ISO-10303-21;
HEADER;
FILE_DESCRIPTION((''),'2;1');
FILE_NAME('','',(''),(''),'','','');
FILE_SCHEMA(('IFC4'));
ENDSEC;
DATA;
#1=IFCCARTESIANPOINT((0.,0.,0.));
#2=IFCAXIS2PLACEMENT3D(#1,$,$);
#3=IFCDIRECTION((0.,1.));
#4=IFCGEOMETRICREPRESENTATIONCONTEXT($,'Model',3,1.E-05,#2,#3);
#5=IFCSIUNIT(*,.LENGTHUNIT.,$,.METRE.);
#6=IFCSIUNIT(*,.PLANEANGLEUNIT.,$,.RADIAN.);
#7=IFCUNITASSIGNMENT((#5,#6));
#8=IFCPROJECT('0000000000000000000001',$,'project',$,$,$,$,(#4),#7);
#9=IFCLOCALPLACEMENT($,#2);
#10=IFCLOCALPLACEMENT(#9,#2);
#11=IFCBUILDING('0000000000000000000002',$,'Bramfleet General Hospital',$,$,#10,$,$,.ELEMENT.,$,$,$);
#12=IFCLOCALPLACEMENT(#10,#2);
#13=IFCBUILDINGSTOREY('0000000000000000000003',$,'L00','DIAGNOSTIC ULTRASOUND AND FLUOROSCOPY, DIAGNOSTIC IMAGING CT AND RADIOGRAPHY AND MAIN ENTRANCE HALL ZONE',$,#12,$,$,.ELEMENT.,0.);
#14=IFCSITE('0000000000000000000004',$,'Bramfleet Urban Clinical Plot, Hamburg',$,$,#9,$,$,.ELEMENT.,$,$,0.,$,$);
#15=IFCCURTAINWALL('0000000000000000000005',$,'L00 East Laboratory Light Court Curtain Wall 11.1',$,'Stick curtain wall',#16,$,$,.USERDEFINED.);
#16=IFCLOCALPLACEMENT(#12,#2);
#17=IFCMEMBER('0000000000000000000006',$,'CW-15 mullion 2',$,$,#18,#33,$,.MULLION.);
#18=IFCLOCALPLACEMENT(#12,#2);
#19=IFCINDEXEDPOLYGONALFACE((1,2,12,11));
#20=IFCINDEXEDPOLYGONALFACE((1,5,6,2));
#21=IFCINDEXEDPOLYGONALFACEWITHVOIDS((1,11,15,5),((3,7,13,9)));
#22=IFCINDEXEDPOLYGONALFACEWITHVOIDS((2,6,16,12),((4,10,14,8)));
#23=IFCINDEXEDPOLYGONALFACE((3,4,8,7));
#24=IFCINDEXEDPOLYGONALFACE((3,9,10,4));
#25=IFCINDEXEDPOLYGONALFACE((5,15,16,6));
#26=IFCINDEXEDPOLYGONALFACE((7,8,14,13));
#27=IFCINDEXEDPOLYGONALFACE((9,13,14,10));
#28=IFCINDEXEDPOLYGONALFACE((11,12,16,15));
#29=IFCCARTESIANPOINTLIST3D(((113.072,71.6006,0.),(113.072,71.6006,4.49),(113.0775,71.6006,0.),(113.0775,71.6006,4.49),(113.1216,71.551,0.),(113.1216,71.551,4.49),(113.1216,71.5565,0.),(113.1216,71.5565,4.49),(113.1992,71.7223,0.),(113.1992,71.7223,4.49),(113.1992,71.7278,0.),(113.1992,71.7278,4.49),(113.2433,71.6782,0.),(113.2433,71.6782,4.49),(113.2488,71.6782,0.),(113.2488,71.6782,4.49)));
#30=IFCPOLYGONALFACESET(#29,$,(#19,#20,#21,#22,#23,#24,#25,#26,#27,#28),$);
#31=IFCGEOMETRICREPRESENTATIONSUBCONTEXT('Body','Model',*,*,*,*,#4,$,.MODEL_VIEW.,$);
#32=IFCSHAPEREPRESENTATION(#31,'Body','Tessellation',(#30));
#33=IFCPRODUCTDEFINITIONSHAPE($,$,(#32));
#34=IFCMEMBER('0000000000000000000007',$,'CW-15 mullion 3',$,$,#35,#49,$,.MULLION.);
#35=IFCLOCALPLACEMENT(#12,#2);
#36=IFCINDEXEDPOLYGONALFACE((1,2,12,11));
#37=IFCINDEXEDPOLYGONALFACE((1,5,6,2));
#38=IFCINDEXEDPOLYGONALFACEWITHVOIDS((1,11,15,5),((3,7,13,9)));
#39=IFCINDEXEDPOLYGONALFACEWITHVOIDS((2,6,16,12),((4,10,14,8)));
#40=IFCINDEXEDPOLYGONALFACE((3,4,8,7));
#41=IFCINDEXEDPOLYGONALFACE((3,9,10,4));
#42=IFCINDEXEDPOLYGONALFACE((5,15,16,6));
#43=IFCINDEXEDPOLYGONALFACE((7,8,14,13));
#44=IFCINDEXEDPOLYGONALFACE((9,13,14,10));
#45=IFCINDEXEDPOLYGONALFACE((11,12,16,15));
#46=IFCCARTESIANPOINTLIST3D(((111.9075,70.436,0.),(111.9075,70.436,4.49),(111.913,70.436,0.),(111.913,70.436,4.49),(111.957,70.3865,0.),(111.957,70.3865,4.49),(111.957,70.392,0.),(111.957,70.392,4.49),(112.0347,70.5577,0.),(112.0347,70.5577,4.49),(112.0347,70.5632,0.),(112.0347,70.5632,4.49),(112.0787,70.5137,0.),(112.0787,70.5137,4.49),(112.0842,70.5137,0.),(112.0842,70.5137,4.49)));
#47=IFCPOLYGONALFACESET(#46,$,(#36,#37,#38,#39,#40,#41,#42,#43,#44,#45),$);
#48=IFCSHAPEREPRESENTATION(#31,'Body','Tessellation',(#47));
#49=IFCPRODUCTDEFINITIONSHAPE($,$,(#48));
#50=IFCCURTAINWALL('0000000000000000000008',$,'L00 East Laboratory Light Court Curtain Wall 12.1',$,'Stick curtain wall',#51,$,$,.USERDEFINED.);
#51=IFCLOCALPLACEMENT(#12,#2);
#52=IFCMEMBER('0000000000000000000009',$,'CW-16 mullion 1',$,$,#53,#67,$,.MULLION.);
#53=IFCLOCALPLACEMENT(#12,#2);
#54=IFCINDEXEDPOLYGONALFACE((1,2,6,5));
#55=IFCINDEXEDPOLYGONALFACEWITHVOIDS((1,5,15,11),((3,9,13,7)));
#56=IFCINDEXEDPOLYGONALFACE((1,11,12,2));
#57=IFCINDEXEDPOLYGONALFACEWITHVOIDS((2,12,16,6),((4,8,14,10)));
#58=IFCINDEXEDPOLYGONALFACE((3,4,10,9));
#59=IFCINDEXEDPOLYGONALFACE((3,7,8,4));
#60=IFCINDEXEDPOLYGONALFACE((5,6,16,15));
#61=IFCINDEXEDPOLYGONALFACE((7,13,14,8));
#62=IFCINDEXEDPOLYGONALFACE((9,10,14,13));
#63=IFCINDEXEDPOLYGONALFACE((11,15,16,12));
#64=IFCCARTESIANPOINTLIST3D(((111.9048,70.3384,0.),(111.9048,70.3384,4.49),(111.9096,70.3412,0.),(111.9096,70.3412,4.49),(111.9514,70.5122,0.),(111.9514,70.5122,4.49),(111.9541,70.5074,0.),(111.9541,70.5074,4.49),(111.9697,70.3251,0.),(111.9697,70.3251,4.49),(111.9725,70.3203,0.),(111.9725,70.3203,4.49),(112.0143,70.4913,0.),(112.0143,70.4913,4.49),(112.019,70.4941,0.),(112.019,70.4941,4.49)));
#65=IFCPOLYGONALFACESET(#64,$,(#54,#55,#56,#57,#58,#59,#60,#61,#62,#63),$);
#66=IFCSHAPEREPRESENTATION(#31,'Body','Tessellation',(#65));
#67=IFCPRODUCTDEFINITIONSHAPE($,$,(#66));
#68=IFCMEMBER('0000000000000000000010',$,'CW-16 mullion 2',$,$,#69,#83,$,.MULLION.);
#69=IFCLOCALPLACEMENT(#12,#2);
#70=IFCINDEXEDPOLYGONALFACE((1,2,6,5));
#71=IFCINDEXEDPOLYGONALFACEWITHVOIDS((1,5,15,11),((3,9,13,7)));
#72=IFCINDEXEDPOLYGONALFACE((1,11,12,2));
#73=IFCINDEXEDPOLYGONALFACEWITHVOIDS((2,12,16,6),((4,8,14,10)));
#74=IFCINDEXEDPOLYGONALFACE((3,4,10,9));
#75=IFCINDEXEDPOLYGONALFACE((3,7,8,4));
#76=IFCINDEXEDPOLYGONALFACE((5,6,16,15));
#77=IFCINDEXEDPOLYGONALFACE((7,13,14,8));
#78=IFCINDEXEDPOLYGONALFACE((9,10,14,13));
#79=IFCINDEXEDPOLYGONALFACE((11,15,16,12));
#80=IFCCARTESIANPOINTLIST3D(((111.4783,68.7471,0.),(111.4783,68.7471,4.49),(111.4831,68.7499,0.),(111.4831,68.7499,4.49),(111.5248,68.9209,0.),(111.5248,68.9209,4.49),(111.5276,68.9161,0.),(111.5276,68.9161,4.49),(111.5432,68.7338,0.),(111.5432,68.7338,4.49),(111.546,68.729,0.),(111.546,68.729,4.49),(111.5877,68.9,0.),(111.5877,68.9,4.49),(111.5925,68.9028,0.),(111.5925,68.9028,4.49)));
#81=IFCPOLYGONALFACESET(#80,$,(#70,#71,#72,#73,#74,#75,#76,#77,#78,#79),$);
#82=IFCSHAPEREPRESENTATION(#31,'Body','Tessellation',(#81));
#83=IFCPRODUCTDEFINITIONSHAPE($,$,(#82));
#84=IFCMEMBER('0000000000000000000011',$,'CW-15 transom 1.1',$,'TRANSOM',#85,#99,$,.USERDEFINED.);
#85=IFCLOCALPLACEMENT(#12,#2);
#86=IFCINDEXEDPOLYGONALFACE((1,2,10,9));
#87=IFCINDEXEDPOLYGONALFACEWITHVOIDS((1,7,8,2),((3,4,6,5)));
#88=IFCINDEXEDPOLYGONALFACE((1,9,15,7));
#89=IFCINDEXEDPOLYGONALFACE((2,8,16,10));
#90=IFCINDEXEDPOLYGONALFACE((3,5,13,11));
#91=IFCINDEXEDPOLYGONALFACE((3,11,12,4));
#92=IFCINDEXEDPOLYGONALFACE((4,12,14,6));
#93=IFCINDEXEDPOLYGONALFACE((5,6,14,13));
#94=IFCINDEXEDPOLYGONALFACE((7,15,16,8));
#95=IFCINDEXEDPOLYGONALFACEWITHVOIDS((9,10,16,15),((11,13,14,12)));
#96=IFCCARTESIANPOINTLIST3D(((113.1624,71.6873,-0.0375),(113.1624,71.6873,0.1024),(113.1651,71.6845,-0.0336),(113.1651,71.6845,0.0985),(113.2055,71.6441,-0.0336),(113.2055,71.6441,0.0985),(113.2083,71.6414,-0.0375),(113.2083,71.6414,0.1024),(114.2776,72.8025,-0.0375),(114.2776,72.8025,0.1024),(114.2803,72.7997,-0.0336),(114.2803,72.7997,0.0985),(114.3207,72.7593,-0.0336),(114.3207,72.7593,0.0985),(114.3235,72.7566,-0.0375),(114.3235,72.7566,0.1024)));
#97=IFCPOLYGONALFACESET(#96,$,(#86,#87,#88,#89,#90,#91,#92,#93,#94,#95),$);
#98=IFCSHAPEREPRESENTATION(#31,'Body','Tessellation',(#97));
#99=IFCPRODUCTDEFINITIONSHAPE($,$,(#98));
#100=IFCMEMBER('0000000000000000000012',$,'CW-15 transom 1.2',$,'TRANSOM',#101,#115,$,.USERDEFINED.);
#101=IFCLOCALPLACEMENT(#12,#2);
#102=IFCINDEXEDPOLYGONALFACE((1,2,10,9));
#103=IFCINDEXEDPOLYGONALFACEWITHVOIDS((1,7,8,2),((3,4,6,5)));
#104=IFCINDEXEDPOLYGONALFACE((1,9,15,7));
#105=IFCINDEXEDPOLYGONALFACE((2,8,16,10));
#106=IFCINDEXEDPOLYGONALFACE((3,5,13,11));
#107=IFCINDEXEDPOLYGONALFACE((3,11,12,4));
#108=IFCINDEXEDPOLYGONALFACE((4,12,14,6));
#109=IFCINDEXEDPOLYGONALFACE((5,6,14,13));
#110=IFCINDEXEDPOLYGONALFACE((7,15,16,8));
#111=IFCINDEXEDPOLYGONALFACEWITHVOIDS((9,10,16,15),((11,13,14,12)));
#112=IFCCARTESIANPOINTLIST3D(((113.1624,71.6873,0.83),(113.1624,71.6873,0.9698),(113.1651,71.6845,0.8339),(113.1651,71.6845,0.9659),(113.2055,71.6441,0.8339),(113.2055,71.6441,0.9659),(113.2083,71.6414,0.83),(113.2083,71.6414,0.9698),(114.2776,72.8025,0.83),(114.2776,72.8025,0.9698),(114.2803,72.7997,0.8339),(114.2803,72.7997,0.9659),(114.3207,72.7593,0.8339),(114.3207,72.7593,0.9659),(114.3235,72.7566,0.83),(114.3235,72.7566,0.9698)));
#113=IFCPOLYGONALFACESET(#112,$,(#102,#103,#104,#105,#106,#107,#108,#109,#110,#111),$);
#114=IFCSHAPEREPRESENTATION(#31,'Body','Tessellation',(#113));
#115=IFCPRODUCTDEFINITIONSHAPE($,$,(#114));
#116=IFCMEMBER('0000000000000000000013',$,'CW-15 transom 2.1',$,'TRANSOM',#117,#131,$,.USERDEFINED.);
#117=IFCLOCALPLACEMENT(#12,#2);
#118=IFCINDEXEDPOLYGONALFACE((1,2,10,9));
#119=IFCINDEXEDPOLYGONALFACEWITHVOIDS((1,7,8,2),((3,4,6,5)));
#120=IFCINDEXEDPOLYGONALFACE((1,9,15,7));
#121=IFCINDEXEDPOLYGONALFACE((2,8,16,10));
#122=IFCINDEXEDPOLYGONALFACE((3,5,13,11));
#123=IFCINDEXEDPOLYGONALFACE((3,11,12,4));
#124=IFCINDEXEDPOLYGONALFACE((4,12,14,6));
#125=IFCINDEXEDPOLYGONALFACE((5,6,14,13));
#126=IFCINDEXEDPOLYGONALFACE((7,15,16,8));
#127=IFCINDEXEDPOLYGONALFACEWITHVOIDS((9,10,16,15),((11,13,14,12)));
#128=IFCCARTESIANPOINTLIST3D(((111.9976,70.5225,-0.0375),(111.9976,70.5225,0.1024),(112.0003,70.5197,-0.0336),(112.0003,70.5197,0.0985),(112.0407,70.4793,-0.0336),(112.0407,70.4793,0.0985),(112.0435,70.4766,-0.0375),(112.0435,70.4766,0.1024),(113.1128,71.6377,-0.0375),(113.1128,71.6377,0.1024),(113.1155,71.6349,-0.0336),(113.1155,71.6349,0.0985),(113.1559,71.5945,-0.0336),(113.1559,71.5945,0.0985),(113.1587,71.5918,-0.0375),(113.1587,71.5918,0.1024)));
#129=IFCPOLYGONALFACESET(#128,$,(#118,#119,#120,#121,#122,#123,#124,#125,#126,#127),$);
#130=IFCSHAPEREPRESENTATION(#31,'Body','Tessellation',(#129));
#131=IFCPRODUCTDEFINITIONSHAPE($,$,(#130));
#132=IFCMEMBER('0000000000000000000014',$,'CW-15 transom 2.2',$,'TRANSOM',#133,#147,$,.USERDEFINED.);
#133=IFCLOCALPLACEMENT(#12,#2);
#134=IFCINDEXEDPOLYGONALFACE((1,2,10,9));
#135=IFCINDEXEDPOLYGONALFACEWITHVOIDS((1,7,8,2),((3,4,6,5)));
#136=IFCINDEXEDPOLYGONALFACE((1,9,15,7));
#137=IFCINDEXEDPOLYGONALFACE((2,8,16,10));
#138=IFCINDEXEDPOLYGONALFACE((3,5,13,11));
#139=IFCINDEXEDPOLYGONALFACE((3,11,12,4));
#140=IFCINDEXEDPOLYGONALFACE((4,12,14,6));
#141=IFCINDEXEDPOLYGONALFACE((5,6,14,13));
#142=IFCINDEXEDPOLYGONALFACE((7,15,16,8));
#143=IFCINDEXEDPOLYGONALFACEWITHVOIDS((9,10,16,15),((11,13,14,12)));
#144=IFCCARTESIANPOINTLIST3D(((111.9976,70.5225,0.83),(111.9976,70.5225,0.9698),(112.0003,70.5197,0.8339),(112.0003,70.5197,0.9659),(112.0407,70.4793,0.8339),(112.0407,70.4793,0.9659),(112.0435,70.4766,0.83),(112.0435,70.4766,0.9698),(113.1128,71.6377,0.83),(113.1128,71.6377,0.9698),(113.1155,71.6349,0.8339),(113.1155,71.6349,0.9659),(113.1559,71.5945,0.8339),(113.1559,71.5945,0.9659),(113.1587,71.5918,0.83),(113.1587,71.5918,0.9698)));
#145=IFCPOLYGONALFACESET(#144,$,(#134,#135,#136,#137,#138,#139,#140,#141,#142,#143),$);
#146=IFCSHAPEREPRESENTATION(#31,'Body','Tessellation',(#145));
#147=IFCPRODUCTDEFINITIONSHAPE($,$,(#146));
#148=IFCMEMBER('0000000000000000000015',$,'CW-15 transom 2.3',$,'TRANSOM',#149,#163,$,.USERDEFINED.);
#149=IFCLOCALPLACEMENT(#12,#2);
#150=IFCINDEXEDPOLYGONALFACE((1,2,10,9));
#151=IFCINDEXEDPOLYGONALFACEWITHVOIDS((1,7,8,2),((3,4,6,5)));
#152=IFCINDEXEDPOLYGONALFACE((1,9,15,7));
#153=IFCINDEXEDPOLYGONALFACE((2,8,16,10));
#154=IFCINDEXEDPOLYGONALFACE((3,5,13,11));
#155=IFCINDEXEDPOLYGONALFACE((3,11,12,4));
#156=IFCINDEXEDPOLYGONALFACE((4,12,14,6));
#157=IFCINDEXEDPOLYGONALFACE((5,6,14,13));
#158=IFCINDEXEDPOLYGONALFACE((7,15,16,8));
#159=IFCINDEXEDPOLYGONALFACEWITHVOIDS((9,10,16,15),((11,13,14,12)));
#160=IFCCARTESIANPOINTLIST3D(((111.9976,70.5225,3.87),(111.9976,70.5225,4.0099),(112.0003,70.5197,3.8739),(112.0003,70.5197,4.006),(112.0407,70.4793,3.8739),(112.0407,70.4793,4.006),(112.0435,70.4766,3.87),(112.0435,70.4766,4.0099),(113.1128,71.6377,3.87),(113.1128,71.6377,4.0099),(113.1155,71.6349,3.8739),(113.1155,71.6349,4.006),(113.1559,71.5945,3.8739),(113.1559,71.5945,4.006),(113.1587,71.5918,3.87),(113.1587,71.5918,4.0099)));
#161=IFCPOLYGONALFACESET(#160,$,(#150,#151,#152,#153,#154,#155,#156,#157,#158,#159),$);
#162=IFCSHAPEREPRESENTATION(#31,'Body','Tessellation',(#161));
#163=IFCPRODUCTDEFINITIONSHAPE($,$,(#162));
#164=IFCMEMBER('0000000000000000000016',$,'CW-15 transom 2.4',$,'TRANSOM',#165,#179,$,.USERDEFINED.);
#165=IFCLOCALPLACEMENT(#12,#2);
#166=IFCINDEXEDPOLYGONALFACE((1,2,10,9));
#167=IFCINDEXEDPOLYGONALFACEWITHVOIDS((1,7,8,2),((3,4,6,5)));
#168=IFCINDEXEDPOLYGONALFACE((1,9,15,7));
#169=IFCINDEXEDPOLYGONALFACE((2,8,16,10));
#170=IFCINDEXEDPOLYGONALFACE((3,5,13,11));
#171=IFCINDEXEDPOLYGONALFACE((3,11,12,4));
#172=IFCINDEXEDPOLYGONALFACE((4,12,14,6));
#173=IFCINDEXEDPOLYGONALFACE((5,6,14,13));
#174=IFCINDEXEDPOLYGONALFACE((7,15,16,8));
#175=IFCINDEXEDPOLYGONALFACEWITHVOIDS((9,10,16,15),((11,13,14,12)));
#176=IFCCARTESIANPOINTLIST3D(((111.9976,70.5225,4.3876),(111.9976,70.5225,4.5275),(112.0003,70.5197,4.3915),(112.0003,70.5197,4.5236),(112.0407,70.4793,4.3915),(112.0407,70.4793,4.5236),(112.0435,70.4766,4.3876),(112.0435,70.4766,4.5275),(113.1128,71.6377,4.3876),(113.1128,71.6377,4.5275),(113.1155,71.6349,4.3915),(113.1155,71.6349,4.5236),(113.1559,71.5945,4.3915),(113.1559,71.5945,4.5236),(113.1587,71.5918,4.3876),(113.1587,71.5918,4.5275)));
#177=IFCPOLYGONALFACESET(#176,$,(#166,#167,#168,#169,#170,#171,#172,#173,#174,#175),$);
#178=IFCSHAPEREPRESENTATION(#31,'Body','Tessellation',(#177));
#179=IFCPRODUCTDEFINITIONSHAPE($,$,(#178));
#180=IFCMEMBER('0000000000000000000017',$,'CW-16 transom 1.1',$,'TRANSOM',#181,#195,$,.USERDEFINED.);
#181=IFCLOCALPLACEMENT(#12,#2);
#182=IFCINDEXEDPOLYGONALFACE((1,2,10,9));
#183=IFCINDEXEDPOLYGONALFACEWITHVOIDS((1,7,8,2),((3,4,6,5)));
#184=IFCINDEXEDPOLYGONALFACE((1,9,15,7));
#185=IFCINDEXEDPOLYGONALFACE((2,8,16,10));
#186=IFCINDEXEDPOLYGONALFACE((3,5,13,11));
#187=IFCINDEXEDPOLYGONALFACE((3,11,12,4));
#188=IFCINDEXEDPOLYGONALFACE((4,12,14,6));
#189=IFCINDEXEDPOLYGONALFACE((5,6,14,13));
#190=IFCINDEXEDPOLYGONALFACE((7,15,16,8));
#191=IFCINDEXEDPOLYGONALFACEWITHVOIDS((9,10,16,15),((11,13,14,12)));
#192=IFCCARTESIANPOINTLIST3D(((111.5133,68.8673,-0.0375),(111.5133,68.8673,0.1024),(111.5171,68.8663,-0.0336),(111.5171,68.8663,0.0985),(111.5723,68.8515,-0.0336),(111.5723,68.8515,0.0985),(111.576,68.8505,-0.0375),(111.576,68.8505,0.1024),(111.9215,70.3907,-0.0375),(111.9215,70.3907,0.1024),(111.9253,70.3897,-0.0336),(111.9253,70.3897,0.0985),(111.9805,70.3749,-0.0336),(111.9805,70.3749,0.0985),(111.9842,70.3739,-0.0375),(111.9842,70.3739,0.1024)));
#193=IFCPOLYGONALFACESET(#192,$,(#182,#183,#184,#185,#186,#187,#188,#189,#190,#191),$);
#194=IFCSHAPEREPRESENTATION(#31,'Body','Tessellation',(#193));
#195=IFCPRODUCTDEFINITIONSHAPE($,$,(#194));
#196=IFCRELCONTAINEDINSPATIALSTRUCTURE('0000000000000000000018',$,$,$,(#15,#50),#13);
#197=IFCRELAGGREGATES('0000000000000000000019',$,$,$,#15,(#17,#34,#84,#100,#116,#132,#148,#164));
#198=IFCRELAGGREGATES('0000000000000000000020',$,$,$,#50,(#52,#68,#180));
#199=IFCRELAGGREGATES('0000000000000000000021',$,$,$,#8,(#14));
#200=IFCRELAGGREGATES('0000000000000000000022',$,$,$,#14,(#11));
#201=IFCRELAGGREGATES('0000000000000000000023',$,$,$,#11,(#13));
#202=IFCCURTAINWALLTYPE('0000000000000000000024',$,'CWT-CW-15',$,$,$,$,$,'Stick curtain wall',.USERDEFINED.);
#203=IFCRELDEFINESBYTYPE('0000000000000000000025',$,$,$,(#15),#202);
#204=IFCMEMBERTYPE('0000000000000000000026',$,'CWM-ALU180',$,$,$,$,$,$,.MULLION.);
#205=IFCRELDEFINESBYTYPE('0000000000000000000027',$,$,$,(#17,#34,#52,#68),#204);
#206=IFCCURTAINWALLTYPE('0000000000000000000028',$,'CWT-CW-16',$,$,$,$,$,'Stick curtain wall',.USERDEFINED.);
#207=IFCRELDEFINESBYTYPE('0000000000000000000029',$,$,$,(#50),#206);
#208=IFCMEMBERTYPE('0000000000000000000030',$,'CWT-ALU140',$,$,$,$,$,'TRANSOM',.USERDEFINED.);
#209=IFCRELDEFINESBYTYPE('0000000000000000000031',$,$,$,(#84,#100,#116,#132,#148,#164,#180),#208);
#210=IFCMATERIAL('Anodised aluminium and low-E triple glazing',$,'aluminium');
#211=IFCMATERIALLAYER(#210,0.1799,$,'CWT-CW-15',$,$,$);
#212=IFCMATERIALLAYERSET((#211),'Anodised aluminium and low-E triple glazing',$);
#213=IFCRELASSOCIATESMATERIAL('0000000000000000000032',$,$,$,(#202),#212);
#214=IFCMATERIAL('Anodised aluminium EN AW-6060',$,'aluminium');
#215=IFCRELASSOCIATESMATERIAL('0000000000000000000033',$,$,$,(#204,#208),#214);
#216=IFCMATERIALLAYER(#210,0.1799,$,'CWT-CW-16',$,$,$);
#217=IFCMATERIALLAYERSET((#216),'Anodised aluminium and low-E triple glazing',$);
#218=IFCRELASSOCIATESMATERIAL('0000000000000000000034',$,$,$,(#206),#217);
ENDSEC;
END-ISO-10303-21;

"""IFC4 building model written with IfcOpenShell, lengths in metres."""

from ifc_helpers import new_model, si_unit, direction, frame, origin, origin_2d, place, context, subcontext, project, spatial, hollow_rectangle, extrude, material, layer, layer_set, material_profile, profile_set, type_object, element, aggregate, save


model = new_model("IFC4")

# Units and contexts
model_context = context("Model", 3, precision=1e-05, world=origin(), true_north=direction((0.0, 1.0)))
body_context = subcontext(model_context, "Body", "Model", "MODEL_VIEW")
ifc_project = project(units=[si_unit("LENGTHUNIT", "METRE"), si_unit("PLANEANGLEUNIT", "RADIAN")], contexts=[model_context])

# Site, building, storey
site_placement = place(None, origin())
site = spatial("IfcSite", under=ifc_project, at=site_placement, Name="Bramfleet Urban Clinical Plot, Hamburg", CompositionType="ELEMENT", RefElevation=0.0)
building_placement = place(site_placement, origin())
building = spatial("IfcBuilding", under=site, at=building_placement, Name="Bramfleet General Hospital", CompositionType="ELEMENT")
storey_placement = place(building_placement, origin())
storey = spatial("IfcBuildingStorey", under=building, at=storey_placement, Name="L00", Description="DIAGNOSTIC ULTRASOUND AND FLUOROSCOPY, DIAGNOSTIC IMAGING CT AND RADIOGRAPHY AND MAIN ENTRANCE HALL ZONE", CompositionType="ELEMENT", Elevation=0.0)

# Curtain walls, members
ifc_material_1 = material(Name="Anodised aluminium and low-E triple glazing", Category="aluminium")
ifc_layer_1 = layer(ifc_material_1, 0.1799, Name="CWT-CW-15")
ifc_layer_set_1 = layer_set([ifc_layer_1], Name="Anodised aluminium and low-E triple glazing")
curtain_wall_type_1 = type_object("IfcCurtainWallType", Name="CWT-CW-15", ElementType="Stick curtain wall", PredefinedType="USERDEFINED", material=ifc_layer_set_1)
curtain_wall_1_placement = place(storey_placement, origin())
curtain_wall_1 = element("IfcCurtainWall", 1, at=curtain_wall_1_placement, inside=storey, type_object=curtain_wall_type_1, Name="L00 East Laboratory Light Court Curtain Wall 11.1", ObjectType="Stick curtain wall", PredefinedType="USERDEFINED")
ifc_material_2 = material(Name="Anodised aluminium EN AW-6060", Category="aluminium")
ifc_material_profile_1 = material_profile(ifc_material_2, hollow_rectangle(XDim=0.0701, YDim=0.1799, WallThickness=0.0039, at=origin_2d()), Name="ALU 180x70x4.0")
ifc_profile_set_1 = profile_set([ifc_material_profile_1], Name="Anodised aluminium EN AW-6060")
member_type_1 = type_object("IfcMemberType", Name="CWM-ALU180", PredefinedType="MULLION", material=ifc_profile_set_1)
member_1_placement = place(storey_placement, frame((113.1604, 71.6394, 0.0), z_axis=(0.0, 0.0, 1.0), x_axis=(0.707107, -0.707107, 0.0)))
member_1 = element("IfcMember", 2, at=member_1_placement, type_object=member_type_1, Name="CW-15 mullion 2", PredefinedType="MULLION", context=body_context, shape_type="SweptSolid", body=[
    extrude(hollow_rectangle(XDim=0.0701, YDim=0.1799, WallThickness=0.0039, at=origin_2d()), origin(), (0.0, 0.0, 1.0), 4.49),
])
member_2_placement = place(storey_placement, frame((111.9958, 70.4749, 0.0), z_axis=(0.0, 0.0, 1.0), x_axis=(0.707107, -0.707107, 0.0)))
member_2 = element("IfcMember", 3, at=member_2_placement, type_object=member_type_1, Name="CW-15 mullion 3", PredefinedType="MULLION", context=body_context, shape_type="SweptSolid", body=[
    extrude(hollow_rectangle(XDim=0.0701, YDim=0.1799, WallThickness=0.0039, at=origin_2d()), origin(), (0.0, 0.0, 1.0), 4.49),
])
ifc_layer_2 = layer(ifc_material_1, 0.1799, Name="CWT-CW-16")
ifc_layer_set_2 = layer_set([ifc_layer_2], Name="Anodised aluminium and low-E triple glazing")
curtain_wall_type_2 = type_object("IfcCurtainWallType", Name="CWT-CW-16", ElementType="Stick curtain wall", PredefinedType="USERDEFINED", material=ifc_layer_set_2)
curtain_wall_2_placement = place(storey_placement, origin())
curtain_wall_2 = element("IfcCurtainWall", 4, at=curtain_wall_2_placement, inside=storey, type_object=curtain_wall_type_2, Name="L00 East Laboratory Light Court Curtain Wall 12.1", ObjectType="Stick curtain wall", PredefinedType="USERDEFINED")
member_3_placement = place(storey_placement, frame((111.9619, 70.4163, 0.0), z_axis=(0.0, 0.0, 1.0), x_axis=(0.965914, -0.258865, 0.0)))
member_3 = element("IfcMember", 5, at=member_3_placement, type_object=member_type_1, Name="CW-16 mullion 1", PredefinedType="MULLION", context=body_context, shape_type="SweptSolid", body=[
    extrude(hollow_rectangle(XDim=0.0701, YDim=0.1799, WallThickness=0.0039, at=origin_2d()), origin(), (0.0, 0.0, 1.0), 4.49),
])
member_4_placement = place(storey_placement, frame((111.5354, 68.825, 0.0), z_axis=(0.0, 0.0, 1.0), x_axis=(0.965914, -0.258865, 0.0)))
member_4 = element("IfcMember", 6, at=member_4_placement, type_object=member_type_1, Name="CW-16 mullion 2", PredefinedType="MULLION", context=body_context, shape_type="SweptSolid", body=[
    extrude(hollow_rectangle(XDim=0.0701, YDim=0.1799, WallThickness=0.0039, at=origin_2d()), origin(), (0.0, 0.0, 1.0), 4.49),
])

# Members
ifc_material_profile_2 = material_profile(ifc_material_2, hollow_rectangle(XDim=0.0649, YDim=0.1399, WallThickness=0.0039, at=origin_2d()), Name="ALU 140x65x4.0")
ifc_profile_set_2 = profile_set([ifc_material_profile_2], Name="Anodised aluminium EN AW-6060")
member_type_2 = type_object("IfcMemberType", Name="CWT-ALU140", ElementType="TRANSOM", PredefinedType="USERDEFINED", material=ifc_profile_set_2)
member_5_placement = place(storey_placement, frame((114.3005, 72.7795, 0.0325), z_axis=(-0.707107, -0.707107, 0.0), x_axis=(0.707107, -0.707107, 0.0)))
member_5 = element("IfcMember", 7, at=member_5_placement, type_object=member_type_2, Name="CW-15 transom 1.1", ObjectType="TRANSOM", PredefinedType="USERDEFINED", context=body_context, shape_type="SweptSolid", body=[
    extrude(hollow_rectangle(XDim=0.0649, YDim=0.1399, WallThickness=0.0039, at=origin_2d()), origin(), (0.0, 0.0, 1.0), 1.5771),
])
member_6_placement = place(storey_placement, frame((114.3005, 72.7795, 0.8999), z_axis=(-0.707107, -0.707107, 0.0), x_axis=(0.707107, -0.707107, 0.0)))
member_6 = element("IfcMember", 8, at=member_6_placement, type_object=member_type_2, Name="CW-15 transom 1.2", ObjectType="TRANSOM", PredefinedType="USERDEFINED", context=body_context, shape_type="SweptSolid", body=[
    extrude(hollow_rectangle(XDim=0.0649, YDim=0.1399, WallThickness=0.0039, at=origin_2d()), origin(), (0.0, 0.0, 1.0), 1.5771),
])
member_7_placement = place(storey_placement, frame((113.1357, 71.6147, 0.0325), z_axis=(-0.707107, -0.707107, 0.0), x_axis=(0.707107, -0.707107, 0.0)))
member_7 = element("IfcMember", 9, at=member_7_placement, type_object=member_type_2, Name="CW-15 transom 2.1", ObjectType="TRANSOM", PredefinedType="USERDEFINED", context=body_context, shape_type="SweptSolid", body=[
    extrude(hollow_rectangle(XDim=0.0649, YDim=0.1399, WallThickness=0.0039, at=origin_2d()), origin(), (0.0, 0.0, 1.0), 1.5771),
])
member_8_placement = place(storey_placement, frame((113.1357, 71.6147, 0.8999), z_axis=(-0.707107, -0.707107, 0.0), x_axis=(0.707107, -0.707107, 0.0)))
member_8 = element("IfcMember", 10, at=member_8_placement, type_object=member_type_2, Name="CW-15 transom 2.2", ObjectType="TRANSOM", PredefinedType="USERDEFINED", context=body_context, shape_type="SweptSolid", body=[
    extrude(hollow_rectangle(XDim=0.0649, YDim=0.1399, WallThickness=0.0039, at=origin_2d()), origin(), (0.0, 0.0, 1.0), 1.5771),
])
member_9_placement = place(storey_placement, frame((113.1357, 71.6147, 3.9399), z_axis=(-0.707107, -0.707107, 0.0), x_axis=(0.707107, -0.707107, 0.0)))
member_9 = element("IfcMember", 11, at=member_9_placement, type_object=member_type_2, Name="CW-15 transom 2.3", ObjectType="TRANSOM", PredefinedType="USERDEFINED", context=body_context, shape_type="SweptSolid", body=[
    extrude(hollow_rectangle(XDim=0.0649, YDim=0.1399, WallThickness=0.0039, at=origin_2d()), origin(), (0.0, 0.0, 1.0), 1.5771),
])
member_10_placement = place(storey_placement, frame((113.1357, 71.6147, 4.4575), z_axis=(-0.707107, -0.707107, 0.0), x_axis=(0.707107, -0.707107, 0.0)))
member_10 = element("IfcMember", 12, at=member_10_placement, type_object=member_type_2, Name="CW-15 transom 2.4", ObjectType="TRANSOM", PredefinedType="USERDEFINED", context=body_context, shape_type="SweptSolid", body=[
    extrude(hollow_rectangle(XDim=0.0649, YDim=0.1399, WallThickness=0.0039, at=origin_2d()), origin(), (0.0, 0.0, 1.0), 1.5771),
])
member_11_placement = place(storey_placement, frame((111.9529, 70.3823, 0.0325), z_axis=(-0.258819, -0.965926, 0.0), x_axis=(0.965926, -0.258819, 0.0)))
member_11 = element("IfcMember", 13, at=member_11_placement, type_object=member_type_2, Name="CW-16 transom 1.1", ObjectType="TRANSOM", PredefinedType="USERDEFINED", context=body_context, shape_type="SweptSolid", body=[
    extrude(hollow_rectangle(XDim=0.0649, YDim=0.1399, WallThickness=0.0039, at=origin_2d()), origin(), (0.0, 0.0, 1.0), 1.5771),
])

aggregate(curtain_wall_1, [member_1, member_2, member_5, member_6, member_7, member_8, member_9, member_10])
aggregate(curtain_wall_2, [member_3, member_4, member_11])

save(model, "model.ifc")
